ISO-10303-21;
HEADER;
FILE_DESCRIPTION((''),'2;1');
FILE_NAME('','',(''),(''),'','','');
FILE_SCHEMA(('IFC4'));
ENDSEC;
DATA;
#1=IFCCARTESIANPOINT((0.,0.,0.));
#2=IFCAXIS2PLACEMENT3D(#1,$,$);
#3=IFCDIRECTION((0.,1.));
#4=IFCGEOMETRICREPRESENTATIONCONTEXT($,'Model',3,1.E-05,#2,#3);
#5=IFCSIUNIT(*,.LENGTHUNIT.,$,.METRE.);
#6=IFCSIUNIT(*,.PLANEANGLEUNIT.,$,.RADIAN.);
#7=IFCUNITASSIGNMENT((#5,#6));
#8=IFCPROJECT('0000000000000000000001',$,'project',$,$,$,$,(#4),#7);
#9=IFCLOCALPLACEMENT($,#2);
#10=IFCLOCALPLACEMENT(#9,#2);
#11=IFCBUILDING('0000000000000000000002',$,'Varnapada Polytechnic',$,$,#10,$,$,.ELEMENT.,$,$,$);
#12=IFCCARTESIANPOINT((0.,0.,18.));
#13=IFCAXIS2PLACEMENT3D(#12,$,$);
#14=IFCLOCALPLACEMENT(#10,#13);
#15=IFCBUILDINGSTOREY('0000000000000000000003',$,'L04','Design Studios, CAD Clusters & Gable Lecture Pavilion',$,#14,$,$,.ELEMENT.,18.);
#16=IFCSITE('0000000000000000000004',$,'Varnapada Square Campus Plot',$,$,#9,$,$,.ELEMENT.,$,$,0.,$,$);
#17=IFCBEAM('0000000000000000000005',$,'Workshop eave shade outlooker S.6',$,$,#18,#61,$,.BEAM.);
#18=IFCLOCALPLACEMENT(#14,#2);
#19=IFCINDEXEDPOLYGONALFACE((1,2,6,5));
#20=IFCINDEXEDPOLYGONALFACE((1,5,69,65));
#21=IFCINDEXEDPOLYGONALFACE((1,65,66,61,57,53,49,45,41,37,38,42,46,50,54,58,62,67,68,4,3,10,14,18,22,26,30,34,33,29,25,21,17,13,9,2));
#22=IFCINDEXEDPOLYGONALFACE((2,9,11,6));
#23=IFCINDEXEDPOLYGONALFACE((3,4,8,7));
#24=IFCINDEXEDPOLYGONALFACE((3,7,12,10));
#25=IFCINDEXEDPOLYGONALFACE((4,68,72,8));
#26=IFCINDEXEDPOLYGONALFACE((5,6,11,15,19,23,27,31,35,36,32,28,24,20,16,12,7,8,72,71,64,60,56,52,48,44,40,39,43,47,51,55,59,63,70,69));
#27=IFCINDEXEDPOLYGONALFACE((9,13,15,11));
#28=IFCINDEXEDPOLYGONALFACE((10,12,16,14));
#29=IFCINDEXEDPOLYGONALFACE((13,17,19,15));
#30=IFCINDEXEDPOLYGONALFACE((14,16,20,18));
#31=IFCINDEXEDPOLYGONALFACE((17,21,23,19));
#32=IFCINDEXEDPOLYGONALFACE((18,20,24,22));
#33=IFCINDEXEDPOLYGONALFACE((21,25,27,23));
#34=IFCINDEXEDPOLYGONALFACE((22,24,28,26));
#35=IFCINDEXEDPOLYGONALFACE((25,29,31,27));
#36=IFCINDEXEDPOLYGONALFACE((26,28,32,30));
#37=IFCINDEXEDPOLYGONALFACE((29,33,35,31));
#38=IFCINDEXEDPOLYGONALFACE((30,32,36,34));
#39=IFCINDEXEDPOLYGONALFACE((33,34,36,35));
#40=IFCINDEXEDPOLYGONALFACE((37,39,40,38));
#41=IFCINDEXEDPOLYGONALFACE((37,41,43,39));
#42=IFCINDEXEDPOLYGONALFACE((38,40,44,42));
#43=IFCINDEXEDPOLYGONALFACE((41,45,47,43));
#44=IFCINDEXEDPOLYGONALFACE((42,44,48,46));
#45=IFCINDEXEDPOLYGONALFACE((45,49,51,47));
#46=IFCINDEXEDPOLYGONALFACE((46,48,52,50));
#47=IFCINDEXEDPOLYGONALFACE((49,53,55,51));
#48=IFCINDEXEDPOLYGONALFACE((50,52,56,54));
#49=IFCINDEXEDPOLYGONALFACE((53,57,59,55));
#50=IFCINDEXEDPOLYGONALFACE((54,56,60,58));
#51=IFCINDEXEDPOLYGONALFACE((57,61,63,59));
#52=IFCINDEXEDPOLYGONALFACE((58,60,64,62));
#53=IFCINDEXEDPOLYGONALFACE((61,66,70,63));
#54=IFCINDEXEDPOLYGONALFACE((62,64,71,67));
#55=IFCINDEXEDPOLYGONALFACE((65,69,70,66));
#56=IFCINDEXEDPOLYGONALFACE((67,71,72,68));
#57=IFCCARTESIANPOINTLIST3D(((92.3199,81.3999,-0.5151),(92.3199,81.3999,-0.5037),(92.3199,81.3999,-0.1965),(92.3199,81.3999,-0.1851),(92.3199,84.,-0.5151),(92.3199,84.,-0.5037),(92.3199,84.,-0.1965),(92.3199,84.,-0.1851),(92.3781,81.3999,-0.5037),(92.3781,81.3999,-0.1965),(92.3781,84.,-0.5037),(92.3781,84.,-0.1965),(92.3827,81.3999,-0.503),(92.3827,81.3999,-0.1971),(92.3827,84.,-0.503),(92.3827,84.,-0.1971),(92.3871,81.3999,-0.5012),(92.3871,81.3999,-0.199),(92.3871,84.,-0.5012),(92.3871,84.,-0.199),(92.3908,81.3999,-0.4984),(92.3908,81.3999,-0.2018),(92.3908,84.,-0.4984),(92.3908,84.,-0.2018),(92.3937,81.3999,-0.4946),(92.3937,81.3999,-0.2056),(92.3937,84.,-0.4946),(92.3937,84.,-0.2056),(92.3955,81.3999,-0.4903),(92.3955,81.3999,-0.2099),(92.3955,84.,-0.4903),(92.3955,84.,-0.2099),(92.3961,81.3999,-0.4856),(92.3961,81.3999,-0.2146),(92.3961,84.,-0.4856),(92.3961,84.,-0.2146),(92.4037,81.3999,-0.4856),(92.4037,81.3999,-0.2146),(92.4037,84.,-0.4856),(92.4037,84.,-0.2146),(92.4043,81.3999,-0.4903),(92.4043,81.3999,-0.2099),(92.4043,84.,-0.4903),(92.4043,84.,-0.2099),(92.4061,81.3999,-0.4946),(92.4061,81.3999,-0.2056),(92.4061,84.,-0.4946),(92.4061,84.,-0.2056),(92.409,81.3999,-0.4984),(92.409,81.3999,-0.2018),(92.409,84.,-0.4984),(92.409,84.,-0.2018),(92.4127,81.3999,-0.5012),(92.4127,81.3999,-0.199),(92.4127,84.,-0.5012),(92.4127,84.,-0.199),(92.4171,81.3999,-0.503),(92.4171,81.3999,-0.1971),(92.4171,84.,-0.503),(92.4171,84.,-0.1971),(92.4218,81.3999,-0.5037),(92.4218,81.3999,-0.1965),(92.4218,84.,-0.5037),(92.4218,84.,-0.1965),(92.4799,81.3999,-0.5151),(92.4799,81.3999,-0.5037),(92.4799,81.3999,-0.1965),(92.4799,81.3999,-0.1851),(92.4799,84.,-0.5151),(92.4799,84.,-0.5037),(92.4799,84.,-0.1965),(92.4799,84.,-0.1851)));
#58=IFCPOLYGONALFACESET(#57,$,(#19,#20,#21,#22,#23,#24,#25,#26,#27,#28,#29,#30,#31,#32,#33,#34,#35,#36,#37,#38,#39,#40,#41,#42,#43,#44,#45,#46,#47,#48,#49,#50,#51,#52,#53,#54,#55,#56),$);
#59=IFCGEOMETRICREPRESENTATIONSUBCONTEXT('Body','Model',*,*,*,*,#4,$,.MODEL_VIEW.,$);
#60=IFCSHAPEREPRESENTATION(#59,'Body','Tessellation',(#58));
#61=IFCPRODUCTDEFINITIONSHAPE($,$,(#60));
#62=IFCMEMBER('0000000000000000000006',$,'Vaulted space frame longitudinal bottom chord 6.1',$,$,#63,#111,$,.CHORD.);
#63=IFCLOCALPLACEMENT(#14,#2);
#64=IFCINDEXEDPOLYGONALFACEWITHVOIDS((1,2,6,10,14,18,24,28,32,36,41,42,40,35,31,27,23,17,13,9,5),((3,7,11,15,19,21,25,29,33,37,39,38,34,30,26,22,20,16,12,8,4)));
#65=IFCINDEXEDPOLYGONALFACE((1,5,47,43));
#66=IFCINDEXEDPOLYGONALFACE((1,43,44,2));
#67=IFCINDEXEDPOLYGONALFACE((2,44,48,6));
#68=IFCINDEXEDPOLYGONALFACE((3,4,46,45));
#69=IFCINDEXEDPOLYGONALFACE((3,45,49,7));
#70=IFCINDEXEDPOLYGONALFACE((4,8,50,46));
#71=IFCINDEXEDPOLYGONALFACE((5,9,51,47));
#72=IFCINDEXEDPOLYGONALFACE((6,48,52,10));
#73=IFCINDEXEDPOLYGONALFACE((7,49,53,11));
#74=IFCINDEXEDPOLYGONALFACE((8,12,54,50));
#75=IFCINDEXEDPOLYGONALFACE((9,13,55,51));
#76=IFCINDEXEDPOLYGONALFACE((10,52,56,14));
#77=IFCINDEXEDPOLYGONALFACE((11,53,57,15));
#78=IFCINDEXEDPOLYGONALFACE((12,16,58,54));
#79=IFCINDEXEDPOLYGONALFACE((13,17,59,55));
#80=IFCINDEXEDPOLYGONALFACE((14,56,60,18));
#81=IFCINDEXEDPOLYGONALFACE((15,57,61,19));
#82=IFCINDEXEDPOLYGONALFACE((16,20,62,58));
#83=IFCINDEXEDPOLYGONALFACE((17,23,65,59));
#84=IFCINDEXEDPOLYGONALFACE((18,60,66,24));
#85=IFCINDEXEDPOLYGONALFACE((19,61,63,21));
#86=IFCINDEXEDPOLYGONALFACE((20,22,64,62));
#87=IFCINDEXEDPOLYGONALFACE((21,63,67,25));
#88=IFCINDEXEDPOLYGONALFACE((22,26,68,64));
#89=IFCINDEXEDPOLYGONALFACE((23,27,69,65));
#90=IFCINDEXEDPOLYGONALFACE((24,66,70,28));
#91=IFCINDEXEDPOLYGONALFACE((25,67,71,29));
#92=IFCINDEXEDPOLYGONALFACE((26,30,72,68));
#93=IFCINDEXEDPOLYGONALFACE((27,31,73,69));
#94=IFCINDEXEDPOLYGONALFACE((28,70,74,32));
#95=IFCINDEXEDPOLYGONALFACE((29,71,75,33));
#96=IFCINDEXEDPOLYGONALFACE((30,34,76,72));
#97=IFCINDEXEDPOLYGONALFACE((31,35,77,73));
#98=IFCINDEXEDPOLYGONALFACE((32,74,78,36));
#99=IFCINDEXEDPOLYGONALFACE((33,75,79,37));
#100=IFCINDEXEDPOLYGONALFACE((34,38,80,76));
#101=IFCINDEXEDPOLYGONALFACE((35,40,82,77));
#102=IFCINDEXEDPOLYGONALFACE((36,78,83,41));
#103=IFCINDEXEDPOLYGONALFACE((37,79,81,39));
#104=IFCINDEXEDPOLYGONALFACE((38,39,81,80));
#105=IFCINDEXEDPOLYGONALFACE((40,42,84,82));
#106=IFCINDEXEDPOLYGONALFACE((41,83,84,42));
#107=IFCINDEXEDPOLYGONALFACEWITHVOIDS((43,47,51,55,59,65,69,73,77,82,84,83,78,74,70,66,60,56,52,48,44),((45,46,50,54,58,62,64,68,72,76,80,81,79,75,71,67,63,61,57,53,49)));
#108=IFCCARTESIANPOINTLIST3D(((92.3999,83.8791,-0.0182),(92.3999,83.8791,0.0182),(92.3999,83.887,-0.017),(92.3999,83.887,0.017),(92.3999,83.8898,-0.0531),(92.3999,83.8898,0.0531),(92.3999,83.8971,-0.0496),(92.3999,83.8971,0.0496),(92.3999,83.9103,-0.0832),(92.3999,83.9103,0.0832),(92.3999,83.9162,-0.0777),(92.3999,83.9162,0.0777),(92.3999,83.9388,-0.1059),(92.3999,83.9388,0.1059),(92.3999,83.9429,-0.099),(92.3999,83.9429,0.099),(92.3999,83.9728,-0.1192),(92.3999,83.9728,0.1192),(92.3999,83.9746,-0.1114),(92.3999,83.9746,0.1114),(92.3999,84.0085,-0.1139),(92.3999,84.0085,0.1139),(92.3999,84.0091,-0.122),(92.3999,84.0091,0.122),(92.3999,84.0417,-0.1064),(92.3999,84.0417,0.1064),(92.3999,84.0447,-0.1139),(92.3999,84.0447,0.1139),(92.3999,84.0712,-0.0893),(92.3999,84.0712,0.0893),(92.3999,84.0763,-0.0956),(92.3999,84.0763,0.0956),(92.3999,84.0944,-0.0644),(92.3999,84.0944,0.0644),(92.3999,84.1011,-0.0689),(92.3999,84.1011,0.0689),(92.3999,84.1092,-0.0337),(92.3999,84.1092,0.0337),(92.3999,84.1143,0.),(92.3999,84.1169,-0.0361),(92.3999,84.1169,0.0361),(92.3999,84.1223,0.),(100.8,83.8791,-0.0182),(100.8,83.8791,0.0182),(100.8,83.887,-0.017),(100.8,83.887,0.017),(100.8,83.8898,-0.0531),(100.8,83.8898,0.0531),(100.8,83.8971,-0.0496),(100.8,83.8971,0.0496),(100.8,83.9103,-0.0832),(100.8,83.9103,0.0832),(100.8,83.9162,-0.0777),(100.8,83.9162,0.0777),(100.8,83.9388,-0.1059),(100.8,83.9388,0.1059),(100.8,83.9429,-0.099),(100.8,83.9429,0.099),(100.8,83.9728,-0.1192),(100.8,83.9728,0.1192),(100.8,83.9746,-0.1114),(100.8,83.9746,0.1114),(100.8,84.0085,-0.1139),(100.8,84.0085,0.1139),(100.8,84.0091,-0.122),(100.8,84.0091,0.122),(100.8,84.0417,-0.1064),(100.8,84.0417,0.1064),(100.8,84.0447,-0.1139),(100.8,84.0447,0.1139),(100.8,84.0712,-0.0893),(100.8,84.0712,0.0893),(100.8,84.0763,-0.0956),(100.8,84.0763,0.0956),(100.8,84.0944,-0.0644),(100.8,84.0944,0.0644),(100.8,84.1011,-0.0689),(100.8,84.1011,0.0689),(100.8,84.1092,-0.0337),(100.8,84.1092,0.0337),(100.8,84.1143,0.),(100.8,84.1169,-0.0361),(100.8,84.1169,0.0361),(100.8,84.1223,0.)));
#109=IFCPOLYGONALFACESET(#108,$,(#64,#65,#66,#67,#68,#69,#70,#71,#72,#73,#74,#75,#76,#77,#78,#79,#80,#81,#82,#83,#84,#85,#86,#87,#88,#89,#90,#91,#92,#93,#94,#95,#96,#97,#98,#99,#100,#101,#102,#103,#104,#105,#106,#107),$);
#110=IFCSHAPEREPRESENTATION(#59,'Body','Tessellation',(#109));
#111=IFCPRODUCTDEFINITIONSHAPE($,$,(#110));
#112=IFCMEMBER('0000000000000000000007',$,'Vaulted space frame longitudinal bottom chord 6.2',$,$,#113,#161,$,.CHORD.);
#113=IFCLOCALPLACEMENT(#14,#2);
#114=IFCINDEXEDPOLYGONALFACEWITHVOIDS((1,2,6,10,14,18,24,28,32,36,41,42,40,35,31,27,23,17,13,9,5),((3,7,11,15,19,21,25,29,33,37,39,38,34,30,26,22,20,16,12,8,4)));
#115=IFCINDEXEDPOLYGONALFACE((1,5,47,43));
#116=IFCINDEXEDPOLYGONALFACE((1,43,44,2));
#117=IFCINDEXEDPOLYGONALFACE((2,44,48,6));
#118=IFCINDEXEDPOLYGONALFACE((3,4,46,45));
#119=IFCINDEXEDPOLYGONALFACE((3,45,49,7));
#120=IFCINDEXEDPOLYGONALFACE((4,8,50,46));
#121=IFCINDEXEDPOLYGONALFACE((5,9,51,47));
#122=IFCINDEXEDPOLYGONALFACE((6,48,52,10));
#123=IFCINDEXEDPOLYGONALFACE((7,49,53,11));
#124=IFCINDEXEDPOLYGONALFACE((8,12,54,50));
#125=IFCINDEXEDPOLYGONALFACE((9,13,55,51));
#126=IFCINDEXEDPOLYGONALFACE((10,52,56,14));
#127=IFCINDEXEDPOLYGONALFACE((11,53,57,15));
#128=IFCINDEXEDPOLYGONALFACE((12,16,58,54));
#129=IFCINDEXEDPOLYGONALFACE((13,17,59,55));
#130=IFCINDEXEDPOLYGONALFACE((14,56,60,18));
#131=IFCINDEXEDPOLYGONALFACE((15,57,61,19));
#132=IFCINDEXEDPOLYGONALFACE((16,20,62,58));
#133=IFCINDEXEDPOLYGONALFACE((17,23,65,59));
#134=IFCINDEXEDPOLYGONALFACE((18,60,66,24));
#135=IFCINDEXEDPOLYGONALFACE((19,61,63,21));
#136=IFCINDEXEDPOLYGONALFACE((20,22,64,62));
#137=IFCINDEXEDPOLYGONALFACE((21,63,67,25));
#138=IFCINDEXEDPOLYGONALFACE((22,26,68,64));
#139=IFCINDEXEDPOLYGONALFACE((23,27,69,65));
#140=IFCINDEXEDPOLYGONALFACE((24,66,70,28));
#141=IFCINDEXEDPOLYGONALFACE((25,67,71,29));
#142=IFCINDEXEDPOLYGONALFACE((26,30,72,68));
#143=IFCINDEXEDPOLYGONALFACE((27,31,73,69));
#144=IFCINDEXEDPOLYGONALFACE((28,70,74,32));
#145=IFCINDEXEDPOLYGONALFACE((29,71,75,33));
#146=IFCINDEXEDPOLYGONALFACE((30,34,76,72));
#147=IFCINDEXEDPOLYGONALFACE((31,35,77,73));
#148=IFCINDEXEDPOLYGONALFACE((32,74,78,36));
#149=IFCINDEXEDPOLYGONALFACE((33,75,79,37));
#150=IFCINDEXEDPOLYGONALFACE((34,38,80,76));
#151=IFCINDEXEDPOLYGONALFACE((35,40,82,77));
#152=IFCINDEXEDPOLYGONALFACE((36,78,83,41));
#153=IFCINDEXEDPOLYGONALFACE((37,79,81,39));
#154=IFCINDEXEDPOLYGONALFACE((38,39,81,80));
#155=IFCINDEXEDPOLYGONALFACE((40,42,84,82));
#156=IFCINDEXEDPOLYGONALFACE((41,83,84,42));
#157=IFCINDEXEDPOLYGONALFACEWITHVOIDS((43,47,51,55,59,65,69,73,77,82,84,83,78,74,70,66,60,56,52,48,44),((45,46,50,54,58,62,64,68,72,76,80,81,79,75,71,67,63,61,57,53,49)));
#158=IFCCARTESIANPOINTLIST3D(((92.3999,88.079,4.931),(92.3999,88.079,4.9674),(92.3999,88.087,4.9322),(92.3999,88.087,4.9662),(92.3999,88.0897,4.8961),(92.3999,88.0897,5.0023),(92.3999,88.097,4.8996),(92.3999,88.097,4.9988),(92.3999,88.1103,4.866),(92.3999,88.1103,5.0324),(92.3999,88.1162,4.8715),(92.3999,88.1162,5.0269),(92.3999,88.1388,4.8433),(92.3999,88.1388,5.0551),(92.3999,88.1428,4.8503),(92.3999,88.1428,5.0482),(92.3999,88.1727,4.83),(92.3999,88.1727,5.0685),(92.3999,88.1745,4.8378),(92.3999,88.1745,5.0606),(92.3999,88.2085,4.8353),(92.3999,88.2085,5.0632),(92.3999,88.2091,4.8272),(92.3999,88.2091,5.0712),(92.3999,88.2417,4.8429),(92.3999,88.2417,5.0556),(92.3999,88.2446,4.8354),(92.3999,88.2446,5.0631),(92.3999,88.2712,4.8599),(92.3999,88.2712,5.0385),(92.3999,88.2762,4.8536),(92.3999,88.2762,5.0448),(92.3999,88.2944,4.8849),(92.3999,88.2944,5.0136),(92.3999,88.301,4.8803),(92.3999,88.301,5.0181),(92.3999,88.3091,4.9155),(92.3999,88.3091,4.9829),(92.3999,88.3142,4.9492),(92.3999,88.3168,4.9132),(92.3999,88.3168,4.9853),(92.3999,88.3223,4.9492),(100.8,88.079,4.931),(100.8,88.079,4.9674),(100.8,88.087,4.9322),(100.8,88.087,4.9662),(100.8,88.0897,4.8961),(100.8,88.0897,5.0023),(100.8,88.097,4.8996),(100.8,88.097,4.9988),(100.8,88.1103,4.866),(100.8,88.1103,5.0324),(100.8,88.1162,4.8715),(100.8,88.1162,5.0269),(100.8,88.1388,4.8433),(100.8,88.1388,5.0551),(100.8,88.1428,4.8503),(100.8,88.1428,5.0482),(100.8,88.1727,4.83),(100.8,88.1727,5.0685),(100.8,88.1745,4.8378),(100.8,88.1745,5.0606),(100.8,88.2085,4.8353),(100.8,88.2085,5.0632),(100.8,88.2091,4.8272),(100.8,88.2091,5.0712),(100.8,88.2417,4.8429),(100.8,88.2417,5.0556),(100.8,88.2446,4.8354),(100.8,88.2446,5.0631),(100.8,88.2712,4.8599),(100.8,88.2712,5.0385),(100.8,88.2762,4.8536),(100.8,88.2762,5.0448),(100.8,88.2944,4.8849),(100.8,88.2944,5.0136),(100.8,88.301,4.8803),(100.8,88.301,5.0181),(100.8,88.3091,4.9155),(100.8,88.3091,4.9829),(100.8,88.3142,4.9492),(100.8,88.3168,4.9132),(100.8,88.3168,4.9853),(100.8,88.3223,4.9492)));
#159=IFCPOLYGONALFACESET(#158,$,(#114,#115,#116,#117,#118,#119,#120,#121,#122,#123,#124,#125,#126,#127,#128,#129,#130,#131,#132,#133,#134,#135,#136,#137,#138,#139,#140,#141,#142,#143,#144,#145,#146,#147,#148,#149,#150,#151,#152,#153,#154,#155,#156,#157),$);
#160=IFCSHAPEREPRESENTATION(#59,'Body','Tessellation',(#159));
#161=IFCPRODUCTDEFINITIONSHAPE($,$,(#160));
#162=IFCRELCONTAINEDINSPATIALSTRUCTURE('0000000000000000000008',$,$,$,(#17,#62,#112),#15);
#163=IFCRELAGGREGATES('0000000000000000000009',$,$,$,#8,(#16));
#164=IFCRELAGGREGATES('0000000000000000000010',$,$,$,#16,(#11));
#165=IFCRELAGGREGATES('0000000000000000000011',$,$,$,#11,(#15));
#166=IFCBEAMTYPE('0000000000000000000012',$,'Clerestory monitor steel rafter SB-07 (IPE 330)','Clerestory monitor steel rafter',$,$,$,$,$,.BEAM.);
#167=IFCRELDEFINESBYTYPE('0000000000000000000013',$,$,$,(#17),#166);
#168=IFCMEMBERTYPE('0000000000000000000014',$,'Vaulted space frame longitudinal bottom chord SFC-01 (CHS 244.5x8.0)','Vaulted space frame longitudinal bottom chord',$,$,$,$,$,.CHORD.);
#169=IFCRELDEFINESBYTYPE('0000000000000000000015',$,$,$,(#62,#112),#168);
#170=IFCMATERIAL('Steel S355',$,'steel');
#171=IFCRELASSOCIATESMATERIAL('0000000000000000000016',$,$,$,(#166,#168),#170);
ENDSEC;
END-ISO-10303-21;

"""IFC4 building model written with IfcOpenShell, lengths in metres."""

from ifc_helpers import new_model, si_unit, direction, frame, origin, origin_2d, place, context, subcontext, project, spatial, hollow_circle, i_section, extrude, material, material_profile, profile_set, type_object, element, save


model = new_model("IFC4")

# Units and contexts
model_context = context("Model", 3, precision=1e-05, world=origin(), true_north=direction((0.0, 1.0)))
body_context = subcontext(model_context, "Body", "Model", "MODEL_VIEW")
ifc_project = project(units=[si_unit("LENGTHUNIT", "METRE"), si_unit("PLANEANGLEUNIT", "RADIAN")], contexts=[model_context])

# Site, building, storey
site_placement = place(None, origin())
site = spatial("IfcSite", under=ifc_project, at=site_placement, Name="Varnapada Square Campus Plot", CompositionType="ELEMENT", RefElevation=0.0)
building_placement = place(site_placement, origin())
building = spatial("IfcBuilding", under=site, at=building_placement, Name="Varnapada Polytechnic", CompositionType="ELEMENT")
storey_placement = place(building_placement, frame((0.0, 0.0, 18.0)))
storey = spatial("IfcBuildingStorey", under=building, at=storey_placement, Name="L04", Description="Design Studios, CAD Clusters & Gable Lecture Pavilion", CompositionType="ELEMENT", Elevation=18.0)

# Beam
ifc_material = material(Name="Steel S355", Category="steel")
ifc_material_profile_1 = material_profile(ifc_material, i_section(OverallWidth=0.1599, OverallDepth=0.3301, WebThickness=0.0076, FlangeThickness=0.0115, FilletRadius=0.0181, at=origin_2d()), Name="IPE 330")
ifc_profile_set_1 = profile_set([ifc_material_profile_1], Name="Steel S355")
beam_type_1 = type_object("IfcBeamType", Name="Clerestory monitor steel rafter SB-07 (IPE 330)", Description="Clerestory monitor steel rafter", PredefinedType="BEAM", material=ifc_profile_set_1)
beam_1_placement = place(storey_placement, frame((92.3999, 84.0, -0.3501), z_axis=(0.0, -1.0, 0.0), x_axis=(1.0, 0.0, 0.0)))
element("IfcBeam", 1, at=beam_1_placement, inside=storey, type_object=beam_type_1, Name="Workshop eave shade outlooker S.6", PredefinedType="BEAM", context=body_context, shape_type="SweptSolid", body=[
    extrude(i_section(OverallWidth=0.1599, OverallDepth=0.3301, WebThickness=0.0076, FlangeThickness=0.0115, FilletRadius=0.0181, at=origin_2d()), origin(), (0.0, 0.0, 1.0), 2.6001),
])

# Members
ifc_material_profile_2 = material_profile(ifc_material, hollow_circle(Radius=0.1223, WallThickness=0.0081, at=origin_2d()), Name="CHS 244.5x8.0")
ifc_profile_set_2 = profile_set([ifc_material_profile_2], Name="Steel S355")
member_type_1 = type_object("IfcMemberType", Name="Vaulted space frame longitudinal bottom chord SFC-01 (CHS 244.5x8.0)", Description="Vaulted space frame longitudinal bottom chord", PredefinedType="CHORD", material=ifc_profile_set_2)
for number, where, z_axis, x_axis, name in (
    (2, (92.3999, 84.0, 0.0), (1.0, 0.0, 0.0), (0.0, 1.0, 0.0), "Vaulted space frame longitudinal bottom chord 6.1"),
    (3, (92.3999, 88.2, 4.9492), (1.0, 0.0, 0.0), (0.0, 1.0, 0.0), "Vaulted space frame longitudinal bottom chord 6.2"),
):
    element("IfcMember", number, at=place(storey_placement, frame(where, z_axis=z_axis, x_axis=x_axis)), inside=storey, type_object=member_type_1, Name=name, PredefinedType="CHORD", context=body_context, shape_type="SweptSolid", body=[
        extrude(hollow_circle(Radius=0.1223, WallThickness=0.0081, at=origin_2d()), origin(), (0.0, 0.0, 1.0), 8.4001),
    ])

save(model, "model.ifc")
